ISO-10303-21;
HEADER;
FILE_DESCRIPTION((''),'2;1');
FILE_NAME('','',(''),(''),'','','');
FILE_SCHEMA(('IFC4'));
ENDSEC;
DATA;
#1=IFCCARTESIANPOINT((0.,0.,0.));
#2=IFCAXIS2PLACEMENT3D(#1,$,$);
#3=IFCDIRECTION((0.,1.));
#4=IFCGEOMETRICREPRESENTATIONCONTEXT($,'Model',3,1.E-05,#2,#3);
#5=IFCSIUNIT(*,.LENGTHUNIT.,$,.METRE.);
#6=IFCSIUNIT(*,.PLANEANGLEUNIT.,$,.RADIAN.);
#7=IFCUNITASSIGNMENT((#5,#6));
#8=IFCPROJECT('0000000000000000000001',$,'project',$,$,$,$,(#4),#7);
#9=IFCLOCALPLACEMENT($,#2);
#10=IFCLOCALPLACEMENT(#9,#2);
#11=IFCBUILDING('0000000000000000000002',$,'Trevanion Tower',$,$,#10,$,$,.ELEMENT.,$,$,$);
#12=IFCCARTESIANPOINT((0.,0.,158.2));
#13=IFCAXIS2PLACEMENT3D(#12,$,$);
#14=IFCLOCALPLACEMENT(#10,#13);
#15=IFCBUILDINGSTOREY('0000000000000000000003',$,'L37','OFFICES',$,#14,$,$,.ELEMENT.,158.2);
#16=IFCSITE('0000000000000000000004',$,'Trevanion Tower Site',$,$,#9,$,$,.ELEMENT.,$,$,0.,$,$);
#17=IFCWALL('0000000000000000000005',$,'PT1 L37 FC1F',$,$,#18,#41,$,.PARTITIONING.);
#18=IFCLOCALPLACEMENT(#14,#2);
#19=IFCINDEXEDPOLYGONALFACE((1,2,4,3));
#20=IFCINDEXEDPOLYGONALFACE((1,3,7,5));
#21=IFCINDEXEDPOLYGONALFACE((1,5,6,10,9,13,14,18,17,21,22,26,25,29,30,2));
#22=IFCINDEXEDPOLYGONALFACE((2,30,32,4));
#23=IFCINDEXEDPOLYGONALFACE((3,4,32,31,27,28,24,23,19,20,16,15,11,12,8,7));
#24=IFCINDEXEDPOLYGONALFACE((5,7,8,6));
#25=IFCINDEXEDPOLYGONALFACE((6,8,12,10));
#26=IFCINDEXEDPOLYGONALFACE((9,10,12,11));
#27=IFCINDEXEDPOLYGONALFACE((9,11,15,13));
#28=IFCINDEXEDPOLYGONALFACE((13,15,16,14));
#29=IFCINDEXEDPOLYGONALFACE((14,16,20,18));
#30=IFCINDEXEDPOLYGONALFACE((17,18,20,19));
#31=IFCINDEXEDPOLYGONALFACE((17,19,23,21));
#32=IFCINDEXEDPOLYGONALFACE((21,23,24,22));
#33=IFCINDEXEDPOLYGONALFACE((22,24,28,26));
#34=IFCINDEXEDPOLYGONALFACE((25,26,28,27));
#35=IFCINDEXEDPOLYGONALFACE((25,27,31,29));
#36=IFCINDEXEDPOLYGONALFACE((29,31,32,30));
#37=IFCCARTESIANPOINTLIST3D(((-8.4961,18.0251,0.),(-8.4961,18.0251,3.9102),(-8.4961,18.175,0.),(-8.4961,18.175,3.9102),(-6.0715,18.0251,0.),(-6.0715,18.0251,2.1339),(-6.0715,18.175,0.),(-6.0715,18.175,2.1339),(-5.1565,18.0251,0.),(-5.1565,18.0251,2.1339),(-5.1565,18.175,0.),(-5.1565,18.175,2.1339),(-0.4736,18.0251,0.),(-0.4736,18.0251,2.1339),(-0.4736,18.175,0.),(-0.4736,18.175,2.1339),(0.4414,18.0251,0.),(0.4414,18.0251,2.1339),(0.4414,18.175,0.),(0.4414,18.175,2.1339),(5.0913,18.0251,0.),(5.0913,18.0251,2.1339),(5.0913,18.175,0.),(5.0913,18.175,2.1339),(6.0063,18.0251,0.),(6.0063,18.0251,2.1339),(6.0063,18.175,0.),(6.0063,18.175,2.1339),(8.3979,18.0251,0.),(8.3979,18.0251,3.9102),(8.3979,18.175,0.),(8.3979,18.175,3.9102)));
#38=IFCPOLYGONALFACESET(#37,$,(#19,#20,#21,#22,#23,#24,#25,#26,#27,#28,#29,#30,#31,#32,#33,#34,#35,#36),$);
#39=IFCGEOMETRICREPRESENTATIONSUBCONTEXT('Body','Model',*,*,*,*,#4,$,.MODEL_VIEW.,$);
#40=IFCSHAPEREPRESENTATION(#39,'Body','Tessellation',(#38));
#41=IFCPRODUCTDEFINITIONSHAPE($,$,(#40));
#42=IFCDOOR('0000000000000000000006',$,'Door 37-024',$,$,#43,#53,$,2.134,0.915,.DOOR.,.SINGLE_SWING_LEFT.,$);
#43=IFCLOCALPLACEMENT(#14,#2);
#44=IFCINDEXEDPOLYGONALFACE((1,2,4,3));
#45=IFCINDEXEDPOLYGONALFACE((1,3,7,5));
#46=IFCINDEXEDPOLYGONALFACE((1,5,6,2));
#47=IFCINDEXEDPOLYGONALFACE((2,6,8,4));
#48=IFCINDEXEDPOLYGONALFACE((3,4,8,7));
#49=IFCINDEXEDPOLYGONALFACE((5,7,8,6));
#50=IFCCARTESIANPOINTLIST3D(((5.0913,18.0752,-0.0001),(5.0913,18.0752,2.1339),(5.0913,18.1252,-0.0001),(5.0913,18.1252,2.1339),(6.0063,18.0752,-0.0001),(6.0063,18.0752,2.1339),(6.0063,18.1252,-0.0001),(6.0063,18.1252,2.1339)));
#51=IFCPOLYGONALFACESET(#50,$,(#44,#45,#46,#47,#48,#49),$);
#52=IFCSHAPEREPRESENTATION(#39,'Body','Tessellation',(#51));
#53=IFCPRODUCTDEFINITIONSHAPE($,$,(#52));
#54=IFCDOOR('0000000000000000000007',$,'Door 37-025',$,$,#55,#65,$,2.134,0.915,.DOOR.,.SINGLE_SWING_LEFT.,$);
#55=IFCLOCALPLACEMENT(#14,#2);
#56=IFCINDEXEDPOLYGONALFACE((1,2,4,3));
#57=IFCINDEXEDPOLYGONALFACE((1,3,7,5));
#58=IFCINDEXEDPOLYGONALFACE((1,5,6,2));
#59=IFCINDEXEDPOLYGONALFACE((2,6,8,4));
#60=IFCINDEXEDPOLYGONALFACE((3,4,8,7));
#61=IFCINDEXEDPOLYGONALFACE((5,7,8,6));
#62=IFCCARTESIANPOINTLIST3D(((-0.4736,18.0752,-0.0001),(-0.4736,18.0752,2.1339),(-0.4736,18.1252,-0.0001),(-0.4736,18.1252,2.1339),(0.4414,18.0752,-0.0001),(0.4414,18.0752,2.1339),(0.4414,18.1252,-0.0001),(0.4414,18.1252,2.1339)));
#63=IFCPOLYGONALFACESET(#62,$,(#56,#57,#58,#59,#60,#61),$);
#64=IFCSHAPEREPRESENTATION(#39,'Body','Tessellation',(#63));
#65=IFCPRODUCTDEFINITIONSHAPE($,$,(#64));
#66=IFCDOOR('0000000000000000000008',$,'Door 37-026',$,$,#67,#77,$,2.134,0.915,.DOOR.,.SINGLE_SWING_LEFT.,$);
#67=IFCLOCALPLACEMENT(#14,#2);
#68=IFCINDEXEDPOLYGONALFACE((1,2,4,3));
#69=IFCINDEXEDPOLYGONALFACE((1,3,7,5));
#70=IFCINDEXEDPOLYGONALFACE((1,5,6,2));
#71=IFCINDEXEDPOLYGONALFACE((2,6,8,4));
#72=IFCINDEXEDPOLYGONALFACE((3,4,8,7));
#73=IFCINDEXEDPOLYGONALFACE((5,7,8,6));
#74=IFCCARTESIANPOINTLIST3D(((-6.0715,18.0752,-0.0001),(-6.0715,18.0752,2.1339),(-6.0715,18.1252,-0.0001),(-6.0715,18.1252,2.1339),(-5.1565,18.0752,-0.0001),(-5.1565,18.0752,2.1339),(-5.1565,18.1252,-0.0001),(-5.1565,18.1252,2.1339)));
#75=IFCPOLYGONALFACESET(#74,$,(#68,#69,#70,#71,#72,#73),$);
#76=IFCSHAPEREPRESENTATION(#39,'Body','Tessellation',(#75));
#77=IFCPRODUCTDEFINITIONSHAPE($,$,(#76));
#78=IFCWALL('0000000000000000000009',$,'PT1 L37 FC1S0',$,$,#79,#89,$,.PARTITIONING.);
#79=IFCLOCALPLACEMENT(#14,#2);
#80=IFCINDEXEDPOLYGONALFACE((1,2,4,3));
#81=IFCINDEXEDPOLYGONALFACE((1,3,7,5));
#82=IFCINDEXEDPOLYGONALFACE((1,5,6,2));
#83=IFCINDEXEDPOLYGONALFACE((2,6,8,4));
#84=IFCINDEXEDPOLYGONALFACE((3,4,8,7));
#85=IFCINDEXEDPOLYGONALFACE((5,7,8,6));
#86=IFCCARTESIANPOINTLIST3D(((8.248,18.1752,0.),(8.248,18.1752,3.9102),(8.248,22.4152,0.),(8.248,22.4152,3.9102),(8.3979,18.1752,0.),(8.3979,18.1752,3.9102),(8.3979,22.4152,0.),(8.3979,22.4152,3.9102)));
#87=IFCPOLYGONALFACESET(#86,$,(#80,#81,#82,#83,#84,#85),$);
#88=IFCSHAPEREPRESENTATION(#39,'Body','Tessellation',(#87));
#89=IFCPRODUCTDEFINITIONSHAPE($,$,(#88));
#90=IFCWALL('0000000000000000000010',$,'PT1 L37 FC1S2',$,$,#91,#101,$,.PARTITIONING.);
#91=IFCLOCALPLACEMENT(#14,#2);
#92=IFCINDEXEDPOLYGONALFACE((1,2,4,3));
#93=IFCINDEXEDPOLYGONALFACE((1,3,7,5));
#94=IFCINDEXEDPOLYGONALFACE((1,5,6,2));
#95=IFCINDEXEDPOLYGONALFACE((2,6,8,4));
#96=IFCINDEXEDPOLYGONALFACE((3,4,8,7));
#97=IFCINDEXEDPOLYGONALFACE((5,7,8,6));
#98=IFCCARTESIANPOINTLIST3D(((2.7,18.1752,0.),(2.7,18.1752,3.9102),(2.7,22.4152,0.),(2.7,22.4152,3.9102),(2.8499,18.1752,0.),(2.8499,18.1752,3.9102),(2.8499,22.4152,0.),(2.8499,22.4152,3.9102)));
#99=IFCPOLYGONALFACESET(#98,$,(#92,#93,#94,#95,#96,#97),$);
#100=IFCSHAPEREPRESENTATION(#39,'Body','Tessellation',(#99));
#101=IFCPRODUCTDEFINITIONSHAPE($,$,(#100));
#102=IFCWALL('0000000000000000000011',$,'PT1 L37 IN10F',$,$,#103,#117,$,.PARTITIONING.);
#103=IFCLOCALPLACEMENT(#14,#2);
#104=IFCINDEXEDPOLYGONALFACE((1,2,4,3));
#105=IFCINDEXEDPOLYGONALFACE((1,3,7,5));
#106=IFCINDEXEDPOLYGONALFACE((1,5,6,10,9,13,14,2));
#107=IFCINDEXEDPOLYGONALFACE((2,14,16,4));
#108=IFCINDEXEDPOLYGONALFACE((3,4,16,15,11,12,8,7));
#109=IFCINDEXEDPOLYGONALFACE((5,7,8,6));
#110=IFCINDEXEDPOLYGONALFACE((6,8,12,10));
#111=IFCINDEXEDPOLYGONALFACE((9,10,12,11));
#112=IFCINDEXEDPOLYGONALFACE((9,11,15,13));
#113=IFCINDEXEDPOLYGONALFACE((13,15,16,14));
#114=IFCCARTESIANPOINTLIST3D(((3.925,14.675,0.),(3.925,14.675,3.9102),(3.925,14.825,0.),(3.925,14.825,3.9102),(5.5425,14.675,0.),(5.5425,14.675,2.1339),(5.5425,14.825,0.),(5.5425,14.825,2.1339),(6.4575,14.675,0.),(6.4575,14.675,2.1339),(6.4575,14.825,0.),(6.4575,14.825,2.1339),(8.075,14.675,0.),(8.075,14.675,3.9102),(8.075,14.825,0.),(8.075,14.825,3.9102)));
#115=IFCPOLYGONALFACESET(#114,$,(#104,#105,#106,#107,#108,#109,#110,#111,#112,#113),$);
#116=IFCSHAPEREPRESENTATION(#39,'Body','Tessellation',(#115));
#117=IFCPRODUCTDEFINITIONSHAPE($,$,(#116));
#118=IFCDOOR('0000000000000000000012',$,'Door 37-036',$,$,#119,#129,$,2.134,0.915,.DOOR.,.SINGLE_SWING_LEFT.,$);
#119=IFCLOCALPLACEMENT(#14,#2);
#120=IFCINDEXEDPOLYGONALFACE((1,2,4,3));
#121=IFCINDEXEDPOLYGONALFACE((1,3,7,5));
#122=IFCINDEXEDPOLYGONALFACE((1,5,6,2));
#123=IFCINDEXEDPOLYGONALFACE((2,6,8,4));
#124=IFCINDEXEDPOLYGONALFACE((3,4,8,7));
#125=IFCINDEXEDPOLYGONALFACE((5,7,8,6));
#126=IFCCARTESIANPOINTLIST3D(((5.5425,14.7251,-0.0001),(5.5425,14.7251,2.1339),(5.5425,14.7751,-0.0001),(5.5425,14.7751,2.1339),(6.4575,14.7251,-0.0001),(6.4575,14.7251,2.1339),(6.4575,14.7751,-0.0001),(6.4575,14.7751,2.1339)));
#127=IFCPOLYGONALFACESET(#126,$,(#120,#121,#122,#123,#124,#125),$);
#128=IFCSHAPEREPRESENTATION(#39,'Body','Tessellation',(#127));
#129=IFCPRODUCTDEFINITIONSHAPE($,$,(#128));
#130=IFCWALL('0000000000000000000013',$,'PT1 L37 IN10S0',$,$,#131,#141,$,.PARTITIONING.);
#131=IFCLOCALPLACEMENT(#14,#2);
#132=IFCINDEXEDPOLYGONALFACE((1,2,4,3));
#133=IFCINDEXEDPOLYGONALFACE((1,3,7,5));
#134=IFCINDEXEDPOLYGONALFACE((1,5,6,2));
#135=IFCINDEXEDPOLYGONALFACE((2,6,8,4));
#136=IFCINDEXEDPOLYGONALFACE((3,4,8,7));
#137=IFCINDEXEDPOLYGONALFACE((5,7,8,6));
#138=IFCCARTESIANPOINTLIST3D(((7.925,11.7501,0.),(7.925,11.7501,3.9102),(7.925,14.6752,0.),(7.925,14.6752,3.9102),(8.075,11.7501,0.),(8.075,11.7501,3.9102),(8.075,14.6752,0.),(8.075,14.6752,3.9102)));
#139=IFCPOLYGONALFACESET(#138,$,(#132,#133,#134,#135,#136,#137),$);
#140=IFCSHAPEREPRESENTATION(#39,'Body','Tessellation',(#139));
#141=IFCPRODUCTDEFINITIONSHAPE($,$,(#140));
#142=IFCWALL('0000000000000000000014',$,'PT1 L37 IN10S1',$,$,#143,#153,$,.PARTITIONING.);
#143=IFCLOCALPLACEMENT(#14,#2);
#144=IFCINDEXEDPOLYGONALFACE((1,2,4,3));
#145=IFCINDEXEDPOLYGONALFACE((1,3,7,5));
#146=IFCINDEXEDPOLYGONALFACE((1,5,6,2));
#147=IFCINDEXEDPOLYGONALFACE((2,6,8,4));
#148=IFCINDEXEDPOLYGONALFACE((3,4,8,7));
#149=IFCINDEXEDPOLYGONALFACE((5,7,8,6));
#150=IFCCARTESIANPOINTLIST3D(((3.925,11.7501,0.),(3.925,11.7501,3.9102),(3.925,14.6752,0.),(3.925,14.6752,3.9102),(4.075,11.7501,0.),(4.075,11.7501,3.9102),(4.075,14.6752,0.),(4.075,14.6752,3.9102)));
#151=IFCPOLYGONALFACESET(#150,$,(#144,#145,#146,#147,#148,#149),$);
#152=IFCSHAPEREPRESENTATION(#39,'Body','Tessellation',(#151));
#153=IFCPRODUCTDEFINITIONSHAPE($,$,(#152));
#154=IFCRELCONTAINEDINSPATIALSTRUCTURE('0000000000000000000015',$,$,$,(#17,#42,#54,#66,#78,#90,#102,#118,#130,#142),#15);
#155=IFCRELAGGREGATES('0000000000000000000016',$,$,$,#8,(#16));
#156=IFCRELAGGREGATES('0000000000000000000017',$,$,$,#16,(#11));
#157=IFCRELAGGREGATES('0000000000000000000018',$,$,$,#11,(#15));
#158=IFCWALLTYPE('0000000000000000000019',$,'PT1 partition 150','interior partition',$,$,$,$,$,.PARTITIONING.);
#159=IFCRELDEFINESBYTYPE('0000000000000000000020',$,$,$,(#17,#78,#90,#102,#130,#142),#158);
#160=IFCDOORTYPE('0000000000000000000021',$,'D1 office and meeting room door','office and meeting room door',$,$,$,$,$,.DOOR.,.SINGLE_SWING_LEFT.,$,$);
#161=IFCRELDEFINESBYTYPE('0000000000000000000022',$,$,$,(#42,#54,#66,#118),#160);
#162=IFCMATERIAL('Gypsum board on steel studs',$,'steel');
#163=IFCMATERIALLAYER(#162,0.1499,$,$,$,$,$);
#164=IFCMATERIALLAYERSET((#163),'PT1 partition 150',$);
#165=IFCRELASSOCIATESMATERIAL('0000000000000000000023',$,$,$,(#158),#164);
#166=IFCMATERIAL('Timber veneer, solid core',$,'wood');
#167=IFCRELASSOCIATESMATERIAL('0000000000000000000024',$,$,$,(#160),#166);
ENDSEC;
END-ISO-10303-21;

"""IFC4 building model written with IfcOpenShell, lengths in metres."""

from ifc_helpers import new_model, si_unit, direction, frame, frame_2d, origin, place, context, subcontext, project, spatial, rectangle, extrude, material, layer, layer_set, type_object, element, fill, save


model = new_model("IFC4")

# Units and contexts
model_context = context("Model", 3, precision=1e-05, world=origin(), true_north=direction((0.0, 1.0)))
body_context = subcontext(model_context, "Body", "Model", "MODEL_VIEW")
ifc_project = project(units=[si_unit("LENGTHUNIT", "METRE"), si_unit("PLANEANGLEUNIT", "RADIAN")], contexts=[model_context])

# Site, building, storey
site_placement = place(None, origin())
site = spatial("IfcSite", under=ifc_project, at=site_placement, Name="Trevanion Tower Site", CompositionType="ELEMENT", RefElevation=0.0)
building_placement = place(site_placement, origin())
building = spatial("IfcBuilding", under=site, at=building_placement, Name="Trevanion Tower", CompositionType="ELEMENT")
storey_placement = place(building_placement, frame((0.0, 0.0, 158.2)))
storey = spatial("IfcBuildingStorey", under=building, at=storey_placement, Name="L37", Description="OFFICES", CompositionType="ELEMENT", Elevation=158.2)

# Shared definitions
ifc_material_1 = material(Name="Gypsum board on steel studs", Category="steel")
ifc_layer_1 = layer(ifc_material_1, 0.1499)
ifc_layer_set_1 = layer_set([ifc_layer_1], Name="PT1 partition 150")
wall_type = type_object("IfcWallType", Name="PT1 partition 150", Description="interior partition", PredefinedType="PARTITIONING", material=ifc_layer_set_1)
ifc_material_2 = material(Name="Timber veneer, solid core", Category="wood")
door_type = type_object("IfcDoorType", Name="D1 office and meeting room door", Description="office and meeting room door", OperationType="SINGLE_SWING_LEFT", PredefinedType="DOOR", material=ifc_material_2)

# Wall, openings, doors
wall_1_placement = place(storey_placement, frame((8.3979, 18.1001, 0.0), z_axis=(0.0, 0.0, 1.0), x_axis=(-1.0, 0.0, 0.0)))
wall_1 = element("IfcWall", 1, at=wall_1_placement, inside=storey, type_object=wall_type, Name="PT1 L37 FC1F", PredefinedType="PARTITIONING", context=body_context, shape_type="SweptSolid", body=[
    extrude(rectangle(XDim=16.894, YDim=0.1499, at=frame_2d((8.447, 0.0))), origin(), (0.0, 0.0, 1.0), 3.9102),
])
opening_1_placement = place(wall_1_placement, frame((2.3916, 0.0, 0.0)))
opening_1 = element("IfcOpeningElement", 2, at=opening_1_placement, cuts=wall_1, PredefinedType="OPENING", context=body_context, shape_type="SweptSolid", body=[
    extrude(rectangle(XDim=0.915, YDim=2.134, at=frame_2d((0.4575, 1.0669))), frame((0.0, 0.085, 0.0), z_axis=(0.0, -1.0, 0.0), x_axis=(1.0, 0.0, 0.0)), (0.0, 0.0, 1.0), 0.1699),
])
opening_2_placement = place(wall_1_placement, frame((7.9565, 0.0, 0.0)))
opening_2 = element("IfcOpeningElement", 3, at=opening_2_placement, cuts=wall_1, PredefinedType="OPENING", context=body_context, shape_type="SweptSolid", body=[
    extrude(rectangle(XDim=0.915, YDim=2.134, at=frame_2d((0.4575, 1.0669))), frame((0.0, 0.085, 0.0), z_axis=(0.0, -1.0, 0.0), x_axis=(1.0, 0.0, 0.0)), (0.0, 0.0, 1.0), 0.1699),
])
opening_3_placement = place(wall_1_placement, frame((13.5544, 0.0, 0.0)))
opening_3 = element("IfcOpeningElement", 4, at=opening_3_placement, cuts=wall_1, PredefinedType="OPENING", context=body_context, shape_type="SweptSolid", body=[
    extrude(rectangle(XDim=0.915, YDim=2.134, at=frame_2d((0.4575, 1.0669))), frame((0.0, 0.085, 0.0), z_axis=(0.0, -1.0, 0.0), x_axis=(1.0, 0.0, 0.0)), (0.0, 0.0, 1.0), 0.1699),
])
door_1_placement = place(opening_1_placement, origin())
door_1 = element("IfcDoor", 5, at=door_1_placement, inside=storey, type_object=door_type, Name="Door 37-024", OperationType="SINGLE_SWING_LEFT", OverallHeight=2.134, OverallWidth=0.915, PredefinedType="DOOR", context=body_context, shape_type="SweptSolid", body=[
    extrude(rectangle(XDim=0.915, YDim=2.134, at=frame_2d((0.4575, 1.0669))), frame((0.0, 0.0249, 0.0), z_axis=(0.0, -1.0, 0.0), x_axis=(1.0, 0.0, 0.0)), (0.0, 0.0, 1.0), 0.05),
])
fill(opening_1, door_1)
door_2_placement = place(opening_2_placement, origin())
door_2 = element("IfcDoor", 6, at=door_2_placement, inside=storey, type_object=door_type, Name="Door 37-025", OperationType="SINGLE_SWING_LEFT", OverallHeight=2.134, OverallWidth=0.915, PredefinedType="DOOR", context=body_context, shape_type="SweptSolid", body=[
    extrude(rectangle(XDim=0.915, YDim=2.134, at=frame_2d((0.4575, 1.0669))), frame((0.0, 0.0249, 0.0), z_axis=(0.0, -1.0, 0.0), x_axis=(1.0, 0.0, 0.0)), (0.0, 0.0, 1.0), 0.05),
])
fill(opening_2, door_2)
door_3_placement = place(opening_3_placement, origin())
door_3 = element("IfcDoor", 7, at=door_3_placement, inside=storey, type_object=door_type, Name="Door 37-026", OperationType="SINGLE_SWING_LEFT", OverallHeight=2.134, OverallWidth=0.915, PredefinedType="DOOR", context=body_context, shape_type="SweptSolid", body=[
    extrude(rectangle(XDim=0.915, YDim=2.134, at=frame_2d((0.4575, 1.0669))), frame((0.0, 0.0249, 0.0), z_axis=(0.0, -1.0, 0.0), x_axis=(1.0, 0.0, 0.0)), (0.0, 0.0, 1.0), 0.05),
])
fill(opening_3, door_3)

# Walls
for number, where, z_axis, x_axis, name in (
    (8, (8.323, 18.175, 0.0), (0.0, 0.0, 1.0), (0.0, 1.0, 0.0), "PT1 L37 FC1S0"),
    (9, (2.7749, 18.175, 0.0), (0.0, 0.0, 1.0), (0.0, 1.0, 0.0), "PT1 L37 FC1S2"),
):
    element("IfcWall", number, at=place(storey_placement, frame(where, z_axis=z_axis, x_axis=x_axis)), inside=storey, type_object=wall_type, Name=name, PredefinedType="PARTITIONING", context=body_context, shape_type="SweptSolid", body=[
        extrude(rectangle(XDim=4.24, YDim=0.1499, at=frame_2d((2.1201, 0.0))), origin(), (0.0, 0.0, 1.0), 3.9102),
    ])

# Wall, opening, door
wall_2_placement = place(storey_placement, frame((8.075, 14.75, 0.0), z_axis=(0.0, 0.0, 1.0), x_axis=(-1.0, 0.0, 0.0)))
wall_2 = element("IfcWall", 10, at=wall_2_placement, inside=storey, type_object=wall_type, Name="PT1 L37 IN10F", PredefinedType="PARTITIONING", context=body_context, shape_type="SweptSolid", body=[
    extrude(rectangle(XDim=4.1499, YDim=0.1499, at=frame_2d((2.075, 0.0))), origin(), (0.0, 0.0, 1.0), 3.9102),
])
opening_4_placement = place(wall_2_placement, frame((1.6174, 0.0, 0.0)))
opening_4 = element("IfcOpeningElement", 11, at=opening_4_placement, cuts=wall_2, PredefinedType="OPENING", context=body_context, shape_type="SweptSolid", body=[
    extrude(rectangle(XDim=0.915, YDim=2.134, at=frame_2d((0.4575, 1.0669))), frame((0.0, 0.085, 0.0), z_axis=(0.0, -1.0, 0.0), x_axis=(1.0, 0.0, 0.0)), (0.0, 0.0, 1.0), 0.1699),
])
door_4_placement = place(opening_4_placement, origin())
door_4 = element("IfcDoor", 12, at=door_4_placement, inside=storey, type_object=door_type, Name="Door 37-036", OperationType="SINGLE_SWING_LEFT", OverallHeight=2.134, OverallWidth=0.915, PredefinedType="DOOR", context=body_context, shape_type="SweptSolid", body=[
    extrude(rectangle(XDim=0.915, YDim=2.134, at=frame_2d((0.4575, 1.0669))), frame((0.0, 0.0249, 0.0), z_axis=(0.0, -1.0, 0.0), x_axis=(1.0, 0.0, 0.0)), (0.0, 0.0, 1.0), 0.05),
])
fill(opening_4, door_4)

# Walls
for number, where, z_axis, x_axis, name in (
    (13, (8.0, 14.675, 0.0), (0.0, 0.0, 1.0), (0.0, -1.0, 0.0), "PT1 L37 IN10S0"),
    (14, (4.0, 14.675, 0.0), (0.0, 0.0, 1.0), (0.0, -1.0, 0.0), "PT1 L37 IN10S1"),
):
    element("IfcWall", number, at=place(storey_placement, frame(where, z_axis=z_axis, x_axis=x_axis)), inside=storey, type_object=wall_type, Name=name, PredefinedType="PARTITIONING", context=body_context, shape_type="SweptSolid", body=[
        extrude(rectangle(XDim=2.925, YDim=0.1499, at=frame_2d((1.4624, 0.0))), origin(), (0.0, 0.0, 1.0), 3.9102),
    ])

save(model, "model.ifc")
